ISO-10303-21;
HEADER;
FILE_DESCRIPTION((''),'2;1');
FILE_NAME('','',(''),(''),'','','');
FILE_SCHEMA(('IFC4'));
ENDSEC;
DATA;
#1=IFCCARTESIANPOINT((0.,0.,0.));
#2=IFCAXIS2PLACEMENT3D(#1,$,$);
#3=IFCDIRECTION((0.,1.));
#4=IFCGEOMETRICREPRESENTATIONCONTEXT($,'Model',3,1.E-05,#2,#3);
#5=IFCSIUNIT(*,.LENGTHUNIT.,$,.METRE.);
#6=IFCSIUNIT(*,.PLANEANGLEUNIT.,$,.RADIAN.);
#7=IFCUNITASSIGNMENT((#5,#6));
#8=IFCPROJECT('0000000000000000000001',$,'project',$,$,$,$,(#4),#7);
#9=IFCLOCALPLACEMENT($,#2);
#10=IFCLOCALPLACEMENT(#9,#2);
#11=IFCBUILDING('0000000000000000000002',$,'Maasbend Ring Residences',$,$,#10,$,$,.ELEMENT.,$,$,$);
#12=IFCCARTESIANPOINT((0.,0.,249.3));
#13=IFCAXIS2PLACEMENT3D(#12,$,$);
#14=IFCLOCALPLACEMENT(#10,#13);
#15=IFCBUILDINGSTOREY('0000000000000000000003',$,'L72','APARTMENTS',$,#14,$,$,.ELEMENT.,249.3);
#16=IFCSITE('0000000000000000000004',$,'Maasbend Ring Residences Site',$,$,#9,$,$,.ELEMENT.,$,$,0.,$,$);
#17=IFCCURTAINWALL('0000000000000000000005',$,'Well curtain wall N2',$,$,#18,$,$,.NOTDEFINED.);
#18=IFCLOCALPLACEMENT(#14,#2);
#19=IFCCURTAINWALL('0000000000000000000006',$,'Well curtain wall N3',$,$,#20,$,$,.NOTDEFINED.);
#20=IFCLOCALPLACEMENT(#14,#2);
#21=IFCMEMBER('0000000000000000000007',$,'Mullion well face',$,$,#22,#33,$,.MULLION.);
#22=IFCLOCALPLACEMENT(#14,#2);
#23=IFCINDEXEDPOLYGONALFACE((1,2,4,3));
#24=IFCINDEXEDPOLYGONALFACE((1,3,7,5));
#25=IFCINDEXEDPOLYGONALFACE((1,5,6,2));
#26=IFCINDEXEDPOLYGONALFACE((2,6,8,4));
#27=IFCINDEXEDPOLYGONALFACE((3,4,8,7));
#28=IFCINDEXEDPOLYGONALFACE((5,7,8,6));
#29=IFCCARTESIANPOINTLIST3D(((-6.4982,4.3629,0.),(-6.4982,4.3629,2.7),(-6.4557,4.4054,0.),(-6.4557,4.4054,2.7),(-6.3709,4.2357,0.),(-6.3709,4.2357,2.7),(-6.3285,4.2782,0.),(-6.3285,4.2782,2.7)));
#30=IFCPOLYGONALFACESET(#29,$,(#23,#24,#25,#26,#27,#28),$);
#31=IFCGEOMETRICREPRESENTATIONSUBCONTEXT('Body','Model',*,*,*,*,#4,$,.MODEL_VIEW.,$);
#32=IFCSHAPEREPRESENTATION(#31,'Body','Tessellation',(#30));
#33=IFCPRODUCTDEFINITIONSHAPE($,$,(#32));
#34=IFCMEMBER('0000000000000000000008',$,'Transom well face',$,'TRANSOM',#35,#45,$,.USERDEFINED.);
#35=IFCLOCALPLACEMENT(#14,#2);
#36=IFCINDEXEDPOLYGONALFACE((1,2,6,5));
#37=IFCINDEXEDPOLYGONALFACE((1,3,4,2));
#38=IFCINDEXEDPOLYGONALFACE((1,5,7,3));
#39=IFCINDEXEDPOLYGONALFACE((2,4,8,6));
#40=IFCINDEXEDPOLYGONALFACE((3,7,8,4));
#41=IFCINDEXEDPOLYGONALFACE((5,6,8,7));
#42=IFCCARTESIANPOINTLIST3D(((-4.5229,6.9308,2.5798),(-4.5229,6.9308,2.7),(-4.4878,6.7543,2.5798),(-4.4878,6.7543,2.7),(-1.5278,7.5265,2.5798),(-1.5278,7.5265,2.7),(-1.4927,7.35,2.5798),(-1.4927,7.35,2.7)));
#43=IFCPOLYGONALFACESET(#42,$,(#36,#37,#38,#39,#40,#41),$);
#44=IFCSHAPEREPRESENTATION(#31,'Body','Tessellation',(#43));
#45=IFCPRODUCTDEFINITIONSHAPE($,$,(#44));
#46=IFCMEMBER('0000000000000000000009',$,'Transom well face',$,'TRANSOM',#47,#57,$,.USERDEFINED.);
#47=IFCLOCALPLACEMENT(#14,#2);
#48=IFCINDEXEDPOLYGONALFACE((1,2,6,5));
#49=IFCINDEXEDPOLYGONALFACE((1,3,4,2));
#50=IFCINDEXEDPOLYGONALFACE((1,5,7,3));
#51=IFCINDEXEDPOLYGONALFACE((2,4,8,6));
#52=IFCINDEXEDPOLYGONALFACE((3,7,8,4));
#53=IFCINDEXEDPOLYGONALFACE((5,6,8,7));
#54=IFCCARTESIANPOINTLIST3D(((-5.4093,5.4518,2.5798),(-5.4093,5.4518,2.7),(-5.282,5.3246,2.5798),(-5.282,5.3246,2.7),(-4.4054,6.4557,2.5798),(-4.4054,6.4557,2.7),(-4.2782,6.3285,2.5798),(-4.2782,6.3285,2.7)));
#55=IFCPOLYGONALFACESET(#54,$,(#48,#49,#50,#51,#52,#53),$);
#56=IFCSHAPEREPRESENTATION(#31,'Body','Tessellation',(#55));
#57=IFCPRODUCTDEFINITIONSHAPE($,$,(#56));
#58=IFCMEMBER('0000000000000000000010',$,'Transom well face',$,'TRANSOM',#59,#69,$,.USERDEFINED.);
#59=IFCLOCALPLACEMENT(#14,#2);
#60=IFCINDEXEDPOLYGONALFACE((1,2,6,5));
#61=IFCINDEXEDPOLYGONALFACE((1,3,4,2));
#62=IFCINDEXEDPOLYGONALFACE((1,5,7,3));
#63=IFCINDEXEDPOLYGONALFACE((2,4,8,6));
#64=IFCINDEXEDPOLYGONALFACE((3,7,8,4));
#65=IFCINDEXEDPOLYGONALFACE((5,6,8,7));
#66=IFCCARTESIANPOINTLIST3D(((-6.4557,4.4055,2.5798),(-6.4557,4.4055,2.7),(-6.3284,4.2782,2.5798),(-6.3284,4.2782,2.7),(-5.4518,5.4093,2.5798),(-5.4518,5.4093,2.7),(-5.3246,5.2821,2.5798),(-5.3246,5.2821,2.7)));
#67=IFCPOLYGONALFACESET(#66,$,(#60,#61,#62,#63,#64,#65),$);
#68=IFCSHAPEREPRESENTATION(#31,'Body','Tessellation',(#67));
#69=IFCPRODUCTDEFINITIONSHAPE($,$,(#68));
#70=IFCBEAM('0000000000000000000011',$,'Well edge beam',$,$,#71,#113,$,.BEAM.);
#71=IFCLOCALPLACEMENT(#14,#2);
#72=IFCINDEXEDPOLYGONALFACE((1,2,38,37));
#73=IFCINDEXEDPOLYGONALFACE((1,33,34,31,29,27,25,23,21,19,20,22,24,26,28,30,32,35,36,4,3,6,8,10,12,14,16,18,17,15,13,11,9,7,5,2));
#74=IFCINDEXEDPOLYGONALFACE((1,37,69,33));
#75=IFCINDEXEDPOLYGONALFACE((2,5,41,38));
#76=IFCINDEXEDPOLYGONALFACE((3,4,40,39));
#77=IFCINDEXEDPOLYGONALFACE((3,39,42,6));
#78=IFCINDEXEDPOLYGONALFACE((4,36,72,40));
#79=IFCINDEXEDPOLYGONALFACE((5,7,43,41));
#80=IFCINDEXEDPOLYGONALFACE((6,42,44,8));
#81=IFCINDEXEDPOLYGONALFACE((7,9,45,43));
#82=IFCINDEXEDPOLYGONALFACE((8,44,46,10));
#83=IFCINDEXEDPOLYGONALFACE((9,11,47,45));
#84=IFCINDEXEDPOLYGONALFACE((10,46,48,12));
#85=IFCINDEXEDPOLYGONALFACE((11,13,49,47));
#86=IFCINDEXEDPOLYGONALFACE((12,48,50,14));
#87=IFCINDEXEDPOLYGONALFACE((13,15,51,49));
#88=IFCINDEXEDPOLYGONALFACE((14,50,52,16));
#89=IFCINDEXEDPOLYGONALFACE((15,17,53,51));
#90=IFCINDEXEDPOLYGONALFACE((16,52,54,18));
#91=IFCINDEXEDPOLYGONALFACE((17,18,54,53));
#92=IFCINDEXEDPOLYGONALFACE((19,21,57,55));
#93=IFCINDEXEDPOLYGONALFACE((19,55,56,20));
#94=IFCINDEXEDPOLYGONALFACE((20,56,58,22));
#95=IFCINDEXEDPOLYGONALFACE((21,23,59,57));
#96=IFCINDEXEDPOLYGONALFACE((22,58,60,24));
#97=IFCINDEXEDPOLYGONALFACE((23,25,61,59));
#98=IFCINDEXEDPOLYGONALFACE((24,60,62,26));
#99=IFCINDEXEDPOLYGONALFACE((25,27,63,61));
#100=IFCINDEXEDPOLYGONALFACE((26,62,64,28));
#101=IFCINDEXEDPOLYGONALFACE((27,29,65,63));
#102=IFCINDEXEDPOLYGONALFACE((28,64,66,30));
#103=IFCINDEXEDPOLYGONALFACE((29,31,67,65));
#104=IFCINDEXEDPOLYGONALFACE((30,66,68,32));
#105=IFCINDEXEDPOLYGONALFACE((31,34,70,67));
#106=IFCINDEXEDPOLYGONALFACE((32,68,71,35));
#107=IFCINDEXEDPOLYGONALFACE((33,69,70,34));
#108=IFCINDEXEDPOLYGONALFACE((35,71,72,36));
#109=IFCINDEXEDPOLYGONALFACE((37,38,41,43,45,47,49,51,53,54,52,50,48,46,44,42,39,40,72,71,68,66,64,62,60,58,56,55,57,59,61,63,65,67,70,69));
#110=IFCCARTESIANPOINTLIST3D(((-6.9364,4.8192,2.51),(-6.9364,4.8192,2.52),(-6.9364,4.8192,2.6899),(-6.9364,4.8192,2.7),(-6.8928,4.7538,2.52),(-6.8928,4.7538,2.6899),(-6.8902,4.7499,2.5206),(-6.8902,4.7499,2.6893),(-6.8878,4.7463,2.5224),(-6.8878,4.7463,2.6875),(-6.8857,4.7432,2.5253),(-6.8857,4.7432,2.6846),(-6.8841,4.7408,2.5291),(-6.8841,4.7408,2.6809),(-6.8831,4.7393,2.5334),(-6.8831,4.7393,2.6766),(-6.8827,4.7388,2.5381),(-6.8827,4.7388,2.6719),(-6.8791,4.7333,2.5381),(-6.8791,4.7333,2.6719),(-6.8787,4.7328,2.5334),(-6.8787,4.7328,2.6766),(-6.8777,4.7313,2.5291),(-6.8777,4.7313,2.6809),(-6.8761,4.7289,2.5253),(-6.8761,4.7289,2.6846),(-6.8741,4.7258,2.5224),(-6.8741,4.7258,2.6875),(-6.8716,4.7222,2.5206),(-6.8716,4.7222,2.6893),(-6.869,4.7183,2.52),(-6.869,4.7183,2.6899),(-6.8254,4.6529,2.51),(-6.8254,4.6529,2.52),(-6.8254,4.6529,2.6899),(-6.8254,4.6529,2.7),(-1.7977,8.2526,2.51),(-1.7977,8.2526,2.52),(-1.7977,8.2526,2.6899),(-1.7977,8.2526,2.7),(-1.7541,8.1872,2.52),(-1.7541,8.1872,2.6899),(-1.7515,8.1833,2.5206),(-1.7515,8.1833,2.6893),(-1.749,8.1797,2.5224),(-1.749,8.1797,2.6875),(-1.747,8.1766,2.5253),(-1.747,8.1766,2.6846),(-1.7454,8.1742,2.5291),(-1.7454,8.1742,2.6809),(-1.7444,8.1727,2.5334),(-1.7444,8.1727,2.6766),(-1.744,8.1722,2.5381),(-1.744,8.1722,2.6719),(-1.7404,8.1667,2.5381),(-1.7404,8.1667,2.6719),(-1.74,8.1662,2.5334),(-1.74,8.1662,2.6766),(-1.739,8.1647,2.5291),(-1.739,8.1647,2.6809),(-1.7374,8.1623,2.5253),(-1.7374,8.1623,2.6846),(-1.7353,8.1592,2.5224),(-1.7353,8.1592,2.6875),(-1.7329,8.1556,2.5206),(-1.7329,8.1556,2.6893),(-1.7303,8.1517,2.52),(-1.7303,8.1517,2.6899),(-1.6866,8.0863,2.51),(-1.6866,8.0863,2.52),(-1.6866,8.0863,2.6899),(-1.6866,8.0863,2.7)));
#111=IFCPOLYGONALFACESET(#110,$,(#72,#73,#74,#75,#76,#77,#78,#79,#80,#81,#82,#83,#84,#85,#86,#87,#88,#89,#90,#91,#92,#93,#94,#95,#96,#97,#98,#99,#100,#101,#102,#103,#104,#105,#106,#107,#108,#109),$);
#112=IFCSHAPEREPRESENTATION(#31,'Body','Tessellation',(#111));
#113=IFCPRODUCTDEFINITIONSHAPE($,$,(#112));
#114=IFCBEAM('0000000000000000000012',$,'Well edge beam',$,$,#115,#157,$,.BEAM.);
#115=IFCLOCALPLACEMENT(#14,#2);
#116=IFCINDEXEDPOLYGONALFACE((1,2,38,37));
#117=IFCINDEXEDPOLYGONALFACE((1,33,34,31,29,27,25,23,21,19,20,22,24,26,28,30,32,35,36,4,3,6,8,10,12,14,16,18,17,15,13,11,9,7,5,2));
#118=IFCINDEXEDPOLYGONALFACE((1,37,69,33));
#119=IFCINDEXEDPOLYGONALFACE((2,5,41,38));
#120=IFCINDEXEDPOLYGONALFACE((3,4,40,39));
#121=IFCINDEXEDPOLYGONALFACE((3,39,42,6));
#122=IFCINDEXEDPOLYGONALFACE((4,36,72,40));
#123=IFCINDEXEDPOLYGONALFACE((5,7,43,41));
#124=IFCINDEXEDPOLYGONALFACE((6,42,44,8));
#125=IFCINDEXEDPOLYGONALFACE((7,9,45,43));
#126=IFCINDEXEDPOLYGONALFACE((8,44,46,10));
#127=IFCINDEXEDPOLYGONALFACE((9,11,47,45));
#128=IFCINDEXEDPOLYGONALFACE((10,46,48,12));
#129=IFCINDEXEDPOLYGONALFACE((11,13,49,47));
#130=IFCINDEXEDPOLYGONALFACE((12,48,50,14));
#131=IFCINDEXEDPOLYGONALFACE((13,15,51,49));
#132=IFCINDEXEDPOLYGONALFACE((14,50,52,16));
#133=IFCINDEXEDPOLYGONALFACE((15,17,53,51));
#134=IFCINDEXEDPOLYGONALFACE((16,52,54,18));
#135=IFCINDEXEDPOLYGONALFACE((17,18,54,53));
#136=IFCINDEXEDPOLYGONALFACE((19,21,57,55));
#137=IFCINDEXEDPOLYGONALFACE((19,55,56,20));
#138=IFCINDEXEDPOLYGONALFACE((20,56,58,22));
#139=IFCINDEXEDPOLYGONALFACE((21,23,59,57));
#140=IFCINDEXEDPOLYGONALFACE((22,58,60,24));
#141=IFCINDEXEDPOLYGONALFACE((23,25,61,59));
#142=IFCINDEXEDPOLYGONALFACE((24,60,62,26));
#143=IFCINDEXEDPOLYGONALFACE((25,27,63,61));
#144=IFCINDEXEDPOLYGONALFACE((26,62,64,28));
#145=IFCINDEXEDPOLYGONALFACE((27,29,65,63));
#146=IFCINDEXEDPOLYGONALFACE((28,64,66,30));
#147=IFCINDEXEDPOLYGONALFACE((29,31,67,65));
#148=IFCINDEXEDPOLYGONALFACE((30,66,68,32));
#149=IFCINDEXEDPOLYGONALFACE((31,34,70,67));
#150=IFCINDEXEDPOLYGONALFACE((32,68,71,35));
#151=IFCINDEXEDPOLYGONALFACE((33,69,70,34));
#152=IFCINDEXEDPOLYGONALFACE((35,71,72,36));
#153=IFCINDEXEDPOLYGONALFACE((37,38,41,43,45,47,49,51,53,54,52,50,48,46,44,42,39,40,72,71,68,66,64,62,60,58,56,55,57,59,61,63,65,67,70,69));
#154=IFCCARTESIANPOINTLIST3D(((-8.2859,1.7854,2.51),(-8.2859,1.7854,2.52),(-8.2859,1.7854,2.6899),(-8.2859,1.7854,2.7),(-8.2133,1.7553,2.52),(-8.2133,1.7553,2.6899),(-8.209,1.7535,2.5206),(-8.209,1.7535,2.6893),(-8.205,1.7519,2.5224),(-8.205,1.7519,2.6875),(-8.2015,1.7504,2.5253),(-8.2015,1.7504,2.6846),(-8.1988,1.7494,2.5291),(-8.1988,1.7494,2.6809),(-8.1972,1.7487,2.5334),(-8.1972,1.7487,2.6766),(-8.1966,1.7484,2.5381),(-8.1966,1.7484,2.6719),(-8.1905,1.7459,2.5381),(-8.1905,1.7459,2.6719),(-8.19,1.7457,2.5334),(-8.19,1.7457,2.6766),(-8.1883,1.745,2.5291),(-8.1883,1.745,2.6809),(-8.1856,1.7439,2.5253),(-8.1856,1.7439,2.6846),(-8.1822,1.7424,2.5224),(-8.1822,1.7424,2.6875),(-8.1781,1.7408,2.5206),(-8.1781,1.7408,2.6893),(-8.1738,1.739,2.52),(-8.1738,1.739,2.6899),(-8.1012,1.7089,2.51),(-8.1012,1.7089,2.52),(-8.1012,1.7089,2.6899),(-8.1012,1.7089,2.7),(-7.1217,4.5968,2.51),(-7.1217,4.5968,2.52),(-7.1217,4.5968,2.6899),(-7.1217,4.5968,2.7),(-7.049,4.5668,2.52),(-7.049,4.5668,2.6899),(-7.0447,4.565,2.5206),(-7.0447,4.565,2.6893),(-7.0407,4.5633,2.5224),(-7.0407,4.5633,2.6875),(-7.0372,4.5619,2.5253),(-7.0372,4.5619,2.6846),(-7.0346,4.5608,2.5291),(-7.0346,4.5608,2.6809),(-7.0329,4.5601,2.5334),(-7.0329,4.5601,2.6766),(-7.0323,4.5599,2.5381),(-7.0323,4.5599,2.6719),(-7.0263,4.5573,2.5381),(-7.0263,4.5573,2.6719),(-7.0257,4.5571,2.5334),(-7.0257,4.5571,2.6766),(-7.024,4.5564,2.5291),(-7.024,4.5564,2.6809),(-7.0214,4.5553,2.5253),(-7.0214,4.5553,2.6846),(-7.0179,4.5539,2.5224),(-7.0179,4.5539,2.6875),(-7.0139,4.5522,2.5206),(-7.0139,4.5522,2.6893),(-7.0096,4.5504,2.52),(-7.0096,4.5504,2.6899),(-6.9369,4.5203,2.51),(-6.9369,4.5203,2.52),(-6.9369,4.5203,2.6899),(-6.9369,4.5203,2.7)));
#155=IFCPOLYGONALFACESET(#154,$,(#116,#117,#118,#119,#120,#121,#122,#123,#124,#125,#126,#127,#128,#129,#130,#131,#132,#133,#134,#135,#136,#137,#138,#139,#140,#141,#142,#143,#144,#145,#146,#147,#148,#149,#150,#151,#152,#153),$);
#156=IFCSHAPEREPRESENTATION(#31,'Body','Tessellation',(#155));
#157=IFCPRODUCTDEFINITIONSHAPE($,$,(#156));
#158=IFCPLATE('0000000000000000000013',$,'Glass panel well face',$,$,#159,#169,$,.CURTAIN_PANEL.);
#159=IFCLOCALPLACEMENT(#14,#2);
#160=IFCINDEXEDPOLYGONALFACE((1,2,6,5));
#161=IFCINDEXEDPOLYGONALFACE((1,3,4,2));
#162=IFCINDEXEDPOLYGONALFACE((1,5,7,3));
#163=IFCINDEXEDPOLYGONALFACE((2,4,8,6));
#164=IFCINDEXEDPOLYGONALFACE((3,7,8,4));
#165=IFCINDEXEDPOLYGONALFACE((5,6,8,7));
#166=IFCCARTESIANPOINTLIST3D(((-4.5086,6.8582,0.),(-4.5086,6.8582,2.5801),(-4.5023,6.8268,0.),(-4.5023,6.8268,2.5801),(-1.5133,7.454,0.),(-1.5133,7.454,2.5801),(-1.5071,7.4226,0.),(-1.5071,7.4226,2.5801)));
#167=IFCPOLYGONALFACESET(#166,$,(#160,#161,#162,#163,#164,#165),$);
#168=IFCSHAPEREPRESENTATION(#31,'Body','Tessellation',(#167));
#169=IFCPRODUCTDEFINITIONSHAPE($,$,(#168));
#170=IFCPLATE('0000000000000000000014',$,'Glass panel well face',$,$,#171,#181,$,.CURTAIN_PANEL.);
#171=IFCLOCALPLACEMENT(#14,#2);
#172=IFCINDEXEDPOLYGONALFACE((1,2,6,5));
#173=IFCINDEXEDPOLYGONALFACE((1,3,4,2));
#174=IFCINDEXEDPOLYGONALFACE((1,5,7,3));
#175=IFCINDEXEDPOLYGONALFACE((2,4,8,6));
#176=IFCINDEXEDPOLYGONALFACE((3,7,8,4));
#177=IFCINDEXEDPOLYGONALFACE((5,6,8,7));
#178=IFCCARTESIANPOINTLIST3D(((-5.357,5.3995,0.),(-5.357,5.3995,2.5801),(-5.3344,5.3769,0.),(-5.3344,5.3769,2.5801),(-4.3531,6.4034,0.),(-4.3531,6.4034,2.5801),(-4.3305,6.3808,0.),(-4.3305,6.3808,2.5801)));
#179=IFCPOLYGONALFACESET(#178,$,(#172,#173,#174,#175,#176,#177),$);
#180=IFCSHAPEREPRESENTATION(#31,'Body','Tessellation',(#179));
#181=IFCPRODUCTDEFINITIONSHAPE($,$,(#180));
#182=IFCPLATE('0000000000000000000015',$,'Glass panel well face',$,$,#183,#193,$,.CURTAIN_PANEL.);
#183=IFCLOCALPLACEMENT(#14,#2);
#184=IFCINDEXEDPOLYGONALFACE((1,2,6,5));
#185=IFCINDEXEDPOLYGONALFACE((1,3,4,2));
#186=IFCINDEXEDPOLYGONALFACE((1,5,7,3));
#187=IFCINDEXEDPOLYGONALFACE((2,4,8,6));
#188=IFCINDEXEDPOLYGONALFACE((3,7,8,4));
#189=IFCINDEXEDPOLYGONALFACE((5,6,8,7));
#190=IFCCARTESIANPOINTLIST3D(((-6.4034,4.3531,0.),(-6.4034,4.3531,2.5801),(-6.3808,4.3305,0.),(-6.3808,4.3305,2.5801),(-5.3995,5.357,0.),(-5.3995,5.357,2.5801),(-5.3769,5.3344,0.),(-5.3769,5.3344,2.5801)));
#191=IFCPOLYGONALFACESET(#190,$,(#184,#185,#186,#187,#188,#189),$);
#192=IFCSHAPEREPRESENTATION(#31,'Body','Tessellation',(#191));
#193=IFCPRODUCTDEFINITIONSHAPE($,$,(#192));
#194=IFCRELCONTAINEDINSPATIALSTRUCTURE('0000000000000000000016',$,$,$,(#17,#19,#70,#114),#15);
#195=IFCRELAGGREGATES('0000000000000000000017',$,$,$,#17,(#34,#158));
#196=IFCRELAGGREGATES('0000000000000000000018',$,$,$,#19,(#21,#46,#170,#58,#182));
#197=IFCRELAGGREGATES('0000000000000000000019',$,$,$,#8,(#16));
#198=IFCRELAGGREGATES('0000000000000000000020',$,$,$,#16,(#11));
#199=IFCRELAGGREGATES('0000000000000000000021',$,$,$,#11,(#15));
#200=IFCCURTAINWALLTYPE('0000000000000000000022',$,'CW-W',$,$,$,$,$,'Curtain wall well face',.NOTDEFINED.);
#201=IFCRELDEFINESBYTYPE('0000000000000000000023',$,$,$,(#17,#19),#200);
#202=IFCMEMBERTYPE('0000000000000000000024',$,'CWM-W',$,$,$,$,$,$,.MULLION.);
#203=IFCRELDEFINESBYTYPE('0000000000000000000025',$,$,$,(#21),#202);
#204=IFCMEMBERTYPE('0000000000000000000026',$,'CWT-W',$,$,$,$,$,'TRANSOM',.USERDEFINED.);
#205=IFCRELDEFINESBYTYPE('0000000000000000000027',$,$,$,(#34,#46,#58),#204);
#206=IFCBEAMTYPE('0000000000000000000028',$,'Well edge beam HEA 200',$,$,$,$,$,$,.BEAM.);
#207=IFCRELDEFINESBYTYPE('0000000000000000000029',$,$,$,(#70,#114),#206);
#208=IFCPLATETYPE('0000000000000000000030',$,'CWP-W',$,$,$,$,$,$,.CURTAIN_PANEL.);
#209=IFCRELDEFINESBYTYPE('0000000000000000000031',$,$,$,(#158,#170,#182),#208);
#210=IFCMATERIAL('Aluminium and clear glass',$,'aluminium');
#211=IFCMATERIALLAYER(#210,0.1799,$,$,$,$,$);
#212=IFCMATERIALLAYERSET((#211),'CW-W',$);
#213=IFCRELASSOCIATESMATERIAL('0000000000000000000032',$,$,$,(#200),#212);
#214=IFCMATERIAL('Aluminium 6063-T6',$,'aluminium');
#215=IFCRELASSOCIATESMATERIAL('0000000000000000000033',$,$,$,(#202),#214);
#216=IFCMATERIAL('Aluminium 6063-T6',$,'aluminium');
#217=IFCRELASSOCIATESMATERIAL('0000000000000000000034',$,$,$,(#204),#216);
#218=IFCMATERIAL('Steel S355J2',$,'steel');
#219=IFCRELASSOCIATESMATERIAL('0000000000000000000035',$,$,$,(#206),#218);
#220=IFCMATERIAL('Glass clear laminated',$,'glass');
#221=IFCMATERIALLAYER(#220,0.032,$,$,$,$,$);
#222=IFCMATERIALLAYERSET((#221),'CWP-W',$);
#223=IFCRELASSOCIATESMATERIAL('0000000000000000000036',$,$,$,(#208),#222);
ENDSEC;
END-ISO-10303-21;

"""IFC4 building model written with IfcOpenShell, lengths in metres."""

from ifc_helpers import new_model, si_unit, direction, frame, origin, origin_2d, place, context, subcontext, project, spatial, rectangle, i_section, extrude, material, layer, layer_set, material_profile, profile_set, type_object, element, aggregate, save


model = new_model("IFC4")

# Units and contexts
model_context = context("Model", 3, precision=1e-05, world=origin(), true_north=direction((0.0, 1.0)))
body_context = subcontext(model_context, "Body", "Model", "MODEL_VIEW")
ifc_project = project(units=[si_unit("LENGTHUNIT", "METRE"), si_unit("PLANEANGLEUNIT", "RADIAN")], contexts=[model_context])

# Site, building, storey
site_placement = place(None, origin())
site = spatial("IfcSite", under=ifc_project, at=site_placement, Name="Maasbend Ring Residences Site", CompositionType="ELEMENT", RefElevation=0.0)
building_placement = place(site_placement, origin())
building = spatial("IfcBuilding", under=site, at=building_placement, Name="Maasbend Ring Residences", CompositionType="ELEMENT")
storey_placement = place(building_placement, frame((0.0, 0.0, 249.3)))
storey = spatial("IfcBuildingStorey", under=building, at=storey_placement, Name="L72", Description="APARTMENTS", CompositionType="ELEMENT", Elevation=249.3)

# Curtain walls, member
ifc_material_1 = material(Name="Aluminium and clear glass", Category="aluminium")
ifc_layer_1 = layer(ifc_material_1, 0.1799)
ifc_layer_set_1 = layer_set([ifc_layer_1], Name="CW-W")
curtain_wall_type = type_object("IfcCurtainWallType", Name="CW-W", ElementType="Curtain wall well face", PredefinedType="NOTDEFINED", material=ifc_layer_set_1)
curtain_wall_1_placement = place(storey_placement, origin())
curtain_wall_1 = element("IfcCurtainWall", 1, at=curtain_wall_1_placement, inside=storey, type_object=curtain_wall_type, Name="Well curtain wall N2", PredefinedType="NOTDEFINED")
ifc_material_2 = material(Name="Aluminium 6063-T6", Category="aluminium")
ifc_material_profile_1 = material_profile(ifc_material_2, rectangle(XDim=0.1799, YDim=0.0601, at=origin_2d()), Name="AL 180x60")
ifc_profile_set_1 = profile_set([ifc_material_profile_1], Name="Aluminium 6063-T6")
member_type_1 = type_object("IfcMemberType", Name="CWM-W", PredefinedType="MULLION", material=ifc_profile_set_1)
curtain_wall_2_placement = place(storey_placement, origin())
curtain_wall_2 = element("IfcCurtainWall", 2, at=curtain_wall_2_placement, inside=storey, type_object=curtain_wall_type, Name="Well curtain wall N3", PredefinedType="NOTDEFINED")
member_1_placement = place(storey_placement, frame((-6.4133, 4.3206, 0.0), z_axis=(0.0, 0.0, 1.0), x_axis=(0.707107, -0.707107, 0.0)))
member_1 = element("IfcMember", 3, at=member_1_placement, type_object=member_type_1, Name="Mullion well face", PredefinedType="MULLION", context=body_context, shape_type="SweptSolid", body=[
    extrude(rectangle(XDim=0.1799, YDim=0.0601, at=origin_2d()), origin(), (0.0, 0.0, 1.0), 2.7),
])

# Members
ifc_material_3 = material(Name="Aluminium 6063-T6", Category="aluminium")
ifc_material_profile_2 = material_profile(ifc_material_3, rectangle(XDim=0.1799, YDim=0.1201, at=origin_2d()), Name="AL 180x120")
ifc_profile_set_2 = profile_set([ifc_material_profile_2], Name="Aluminium 6063-T6")
member_type_2 = type_object("IfcMemberType", Name="CWT-W", ElementType="TRANSOM", PredefinedType="USERDEFINED", material=ifc_profile_set_2)
member_2_placement = place(storey_placement, frame((-1.5103, 7.4382, 2.6399), z_axis=(-0.980789, -0.195071, 0.0), x_axis=(0.195071, -0.980789, 0.0)))
member_2 = element("IfcMember", 4, at=member_2_placement, type_object=member_type_2, Name="Transom well face", ObjectType="TRANSOM", PredefinedType="USERDEFINED", context=body_context, shape_type="SweptSolid", body=[
    extrude(rectangle(XDim=0.1799, YDim=0.1201, at=origin_2d()), origin(), (0.0, 0.0, 1.0), 3.0537),
])
member_3_placement = place(storey_placement, frame((-4.3418, 6.3921, 2.6399), z_axis=(-0.707107, -0.707107, 0.0), x_axis=(0.707107, -0.707107, 0.0)))
member_3 = element("IfcMember", 5, at=member_3_placement, type_object=member_type_2, Name="Transom well face", ObjectType="TRANSOM", PredefinedType="USERDEFINED", context=body_context, shape_type="SweptSolid", body=[
    extrude(rectangle(XDim=0.1799, YDim=0.1201, at=origin_2d()), origin(), (0.0, 0.0, 1.0), 1.4197),
])
member_4_placement = place(storey_placement, frame((-5.3882, 5.3457, 2.6399), z_axis=(-0.707107, -0.707107, 0.0), x_axis=(0.707107, -0.707107, 0.0)))
member_4 = element("IfcMember", 6, at=member_4_placement, type_object=member_type_2, Name="Transom well face", ObjectType="TRANSOM", PredefinedType="USERDEFINED", context=body_context, shape_type="SweptSolid", body=[
    extrude(rectangle(XDim=0.1799, YDim=0.1201, at=origin_2d()), origin(), (0.0, 0.0, 1.0), 1.4197),
])

# Beams
ifc_material_4 = material(Name="Steel S355J2", Category="steel")
ifc_material_profile_3 = material_profile(ifc_material_4, i_section(OverallWidth=0.2, OverallDepth=0.1899, WebThickness=0.0066, FlangeThickness=0.01, FilletRadius=0.0181, at=origin_2d()), Name="HEA 200")
ifc_profile_set_3 = profile_set([ifc_material_profile_3], Name="Steel S355J2")
beam_type = type_object("IfcBeamType", Name="Well edge beam HEA 200", PredefinedType="BEAM", material=ifc_profile_set_3)
beam_1_placement = place(storey_placement, frame((-1.7422, 8.1694, 2.605), z_axis=(-0.831485, -0.555548, 0.0), x_axis=(0.555548, -0.831485, 0.0)))
element("IfcBeam", 7, at=beam_1_placement, inside=storey, type_object=beam_type, Name="Well edge beam", PredefinedType="BEAM", context=body_context, shape_type="SweptSolid", body=[
    extrude(i_section(OverallWidth=0.2, OverallDepth=0.1899, WebThickness=0.0066, FlangeThickness=0.01, FilletRadius=0.0181, at=origin_2d()), origin(), (0.0, 0.0, 1.0), 6.1802),
])
beam_2_placement = place(storey_placement, frame((-7.0293, 4.5586, 2.605), z_axis=(-0.382609, -0.92391, 0.0), x_axis=(0.92391, -0.382609, 0.0)))
element("IfcBeam", 8, at=beam_2_placement, inside=storey, type_object=beam_type, Name="Well edge beam", PredefinedType="BEAM", context=body_context, shape_type="SweptSolid", body=[
    extrude(i_section(OverallWidth=0.2, OverallDepth=0.1899, WebThickness=0.0066, FlangeThickness=0.01, FilletRadius=0.0181, at=origin_2d()), origin(), (0.0, 0.0, 1.0), 3.043),
])

# Plates
ifc_material_5 = material(Name="Glass clear laminated", Category="glass")
ifc_layer_2 = layer(ifc_material_5, 0.032)
ifc_layer_set_2 = layer_set([ifc_layer_2], Name="CWP-W")
plate_type = type_object("IfcPlateType", Name="CWP-W", PredefinedType="CURTAIN_PANEL", material=ifc_layer_set_2)
plate_1_placement = place(storey_placement, frame((-3.0078, 7.1404, 0.0), z_axis=(0.0, 0.0, 1.0), x_axis=(-0.980785, -0.19509, 0.0)))
plate_1 = element("IfcPlate", 9, at=plate_1_placement, type_object=plate_type, Name="Glass panel well face", PredefinedType="CURTAIN_PANEL", context=body_context, shape_type="SweptSolid", body=[
    extrude(rectangle(XDim=3.054, YDim=0.032, at=origin_2d()), origin(), (0.0, 0.0, 1.0), 2.5801),
])
aggregate(curtain_wall_1, [member_2, plate_1])
plate_2_placement = place(storey_placement, frame((-4.8438, 5.8901, 0.0), z_axis=(0.0, 0.0, 1.0), x_axis=(-0.707107, -0.707107, 0.0)))
plate_2 = element("IfcPlate", 10, at=plate_2_placement, type_object=plate_type, Name="Glass panel well face", PredefinedType="CURTAIN_PANEL", context=body_context, shape_type="SweptSolid", body=[
    extrude(rectangle(XDim=1.4197, YDim=0.032, at=origin_2d()), origin(), (0.0, 0.0, 1.0), 2.5801),
])
plate_3_placement = place(storey_placement, frame((-5.8901, 4.8438, 0.0), z_axis=(0.0, 0.0, 1.0), x_axis=(-0.707107, -0.707107, 0.0)))
plate_3 = element("IfcPlate", 11, at=plate_3_placement, type_object=plate_type, Name="Glass panel well face", PredefinedType="CURTAIN_PANEL", context=body_context, shape_type="SweptSolid", body=[
    extrude(rectangle(XDim=1.4197, YDim=0.032, at=origin_2d()), origin(), (0.0, 0.0, 1.0), 2.5801),
])
aggregate(curtain_wall_2, [member_1, member_3, plate_2, member_4, plate_3])

save(model, "model.ifc")
